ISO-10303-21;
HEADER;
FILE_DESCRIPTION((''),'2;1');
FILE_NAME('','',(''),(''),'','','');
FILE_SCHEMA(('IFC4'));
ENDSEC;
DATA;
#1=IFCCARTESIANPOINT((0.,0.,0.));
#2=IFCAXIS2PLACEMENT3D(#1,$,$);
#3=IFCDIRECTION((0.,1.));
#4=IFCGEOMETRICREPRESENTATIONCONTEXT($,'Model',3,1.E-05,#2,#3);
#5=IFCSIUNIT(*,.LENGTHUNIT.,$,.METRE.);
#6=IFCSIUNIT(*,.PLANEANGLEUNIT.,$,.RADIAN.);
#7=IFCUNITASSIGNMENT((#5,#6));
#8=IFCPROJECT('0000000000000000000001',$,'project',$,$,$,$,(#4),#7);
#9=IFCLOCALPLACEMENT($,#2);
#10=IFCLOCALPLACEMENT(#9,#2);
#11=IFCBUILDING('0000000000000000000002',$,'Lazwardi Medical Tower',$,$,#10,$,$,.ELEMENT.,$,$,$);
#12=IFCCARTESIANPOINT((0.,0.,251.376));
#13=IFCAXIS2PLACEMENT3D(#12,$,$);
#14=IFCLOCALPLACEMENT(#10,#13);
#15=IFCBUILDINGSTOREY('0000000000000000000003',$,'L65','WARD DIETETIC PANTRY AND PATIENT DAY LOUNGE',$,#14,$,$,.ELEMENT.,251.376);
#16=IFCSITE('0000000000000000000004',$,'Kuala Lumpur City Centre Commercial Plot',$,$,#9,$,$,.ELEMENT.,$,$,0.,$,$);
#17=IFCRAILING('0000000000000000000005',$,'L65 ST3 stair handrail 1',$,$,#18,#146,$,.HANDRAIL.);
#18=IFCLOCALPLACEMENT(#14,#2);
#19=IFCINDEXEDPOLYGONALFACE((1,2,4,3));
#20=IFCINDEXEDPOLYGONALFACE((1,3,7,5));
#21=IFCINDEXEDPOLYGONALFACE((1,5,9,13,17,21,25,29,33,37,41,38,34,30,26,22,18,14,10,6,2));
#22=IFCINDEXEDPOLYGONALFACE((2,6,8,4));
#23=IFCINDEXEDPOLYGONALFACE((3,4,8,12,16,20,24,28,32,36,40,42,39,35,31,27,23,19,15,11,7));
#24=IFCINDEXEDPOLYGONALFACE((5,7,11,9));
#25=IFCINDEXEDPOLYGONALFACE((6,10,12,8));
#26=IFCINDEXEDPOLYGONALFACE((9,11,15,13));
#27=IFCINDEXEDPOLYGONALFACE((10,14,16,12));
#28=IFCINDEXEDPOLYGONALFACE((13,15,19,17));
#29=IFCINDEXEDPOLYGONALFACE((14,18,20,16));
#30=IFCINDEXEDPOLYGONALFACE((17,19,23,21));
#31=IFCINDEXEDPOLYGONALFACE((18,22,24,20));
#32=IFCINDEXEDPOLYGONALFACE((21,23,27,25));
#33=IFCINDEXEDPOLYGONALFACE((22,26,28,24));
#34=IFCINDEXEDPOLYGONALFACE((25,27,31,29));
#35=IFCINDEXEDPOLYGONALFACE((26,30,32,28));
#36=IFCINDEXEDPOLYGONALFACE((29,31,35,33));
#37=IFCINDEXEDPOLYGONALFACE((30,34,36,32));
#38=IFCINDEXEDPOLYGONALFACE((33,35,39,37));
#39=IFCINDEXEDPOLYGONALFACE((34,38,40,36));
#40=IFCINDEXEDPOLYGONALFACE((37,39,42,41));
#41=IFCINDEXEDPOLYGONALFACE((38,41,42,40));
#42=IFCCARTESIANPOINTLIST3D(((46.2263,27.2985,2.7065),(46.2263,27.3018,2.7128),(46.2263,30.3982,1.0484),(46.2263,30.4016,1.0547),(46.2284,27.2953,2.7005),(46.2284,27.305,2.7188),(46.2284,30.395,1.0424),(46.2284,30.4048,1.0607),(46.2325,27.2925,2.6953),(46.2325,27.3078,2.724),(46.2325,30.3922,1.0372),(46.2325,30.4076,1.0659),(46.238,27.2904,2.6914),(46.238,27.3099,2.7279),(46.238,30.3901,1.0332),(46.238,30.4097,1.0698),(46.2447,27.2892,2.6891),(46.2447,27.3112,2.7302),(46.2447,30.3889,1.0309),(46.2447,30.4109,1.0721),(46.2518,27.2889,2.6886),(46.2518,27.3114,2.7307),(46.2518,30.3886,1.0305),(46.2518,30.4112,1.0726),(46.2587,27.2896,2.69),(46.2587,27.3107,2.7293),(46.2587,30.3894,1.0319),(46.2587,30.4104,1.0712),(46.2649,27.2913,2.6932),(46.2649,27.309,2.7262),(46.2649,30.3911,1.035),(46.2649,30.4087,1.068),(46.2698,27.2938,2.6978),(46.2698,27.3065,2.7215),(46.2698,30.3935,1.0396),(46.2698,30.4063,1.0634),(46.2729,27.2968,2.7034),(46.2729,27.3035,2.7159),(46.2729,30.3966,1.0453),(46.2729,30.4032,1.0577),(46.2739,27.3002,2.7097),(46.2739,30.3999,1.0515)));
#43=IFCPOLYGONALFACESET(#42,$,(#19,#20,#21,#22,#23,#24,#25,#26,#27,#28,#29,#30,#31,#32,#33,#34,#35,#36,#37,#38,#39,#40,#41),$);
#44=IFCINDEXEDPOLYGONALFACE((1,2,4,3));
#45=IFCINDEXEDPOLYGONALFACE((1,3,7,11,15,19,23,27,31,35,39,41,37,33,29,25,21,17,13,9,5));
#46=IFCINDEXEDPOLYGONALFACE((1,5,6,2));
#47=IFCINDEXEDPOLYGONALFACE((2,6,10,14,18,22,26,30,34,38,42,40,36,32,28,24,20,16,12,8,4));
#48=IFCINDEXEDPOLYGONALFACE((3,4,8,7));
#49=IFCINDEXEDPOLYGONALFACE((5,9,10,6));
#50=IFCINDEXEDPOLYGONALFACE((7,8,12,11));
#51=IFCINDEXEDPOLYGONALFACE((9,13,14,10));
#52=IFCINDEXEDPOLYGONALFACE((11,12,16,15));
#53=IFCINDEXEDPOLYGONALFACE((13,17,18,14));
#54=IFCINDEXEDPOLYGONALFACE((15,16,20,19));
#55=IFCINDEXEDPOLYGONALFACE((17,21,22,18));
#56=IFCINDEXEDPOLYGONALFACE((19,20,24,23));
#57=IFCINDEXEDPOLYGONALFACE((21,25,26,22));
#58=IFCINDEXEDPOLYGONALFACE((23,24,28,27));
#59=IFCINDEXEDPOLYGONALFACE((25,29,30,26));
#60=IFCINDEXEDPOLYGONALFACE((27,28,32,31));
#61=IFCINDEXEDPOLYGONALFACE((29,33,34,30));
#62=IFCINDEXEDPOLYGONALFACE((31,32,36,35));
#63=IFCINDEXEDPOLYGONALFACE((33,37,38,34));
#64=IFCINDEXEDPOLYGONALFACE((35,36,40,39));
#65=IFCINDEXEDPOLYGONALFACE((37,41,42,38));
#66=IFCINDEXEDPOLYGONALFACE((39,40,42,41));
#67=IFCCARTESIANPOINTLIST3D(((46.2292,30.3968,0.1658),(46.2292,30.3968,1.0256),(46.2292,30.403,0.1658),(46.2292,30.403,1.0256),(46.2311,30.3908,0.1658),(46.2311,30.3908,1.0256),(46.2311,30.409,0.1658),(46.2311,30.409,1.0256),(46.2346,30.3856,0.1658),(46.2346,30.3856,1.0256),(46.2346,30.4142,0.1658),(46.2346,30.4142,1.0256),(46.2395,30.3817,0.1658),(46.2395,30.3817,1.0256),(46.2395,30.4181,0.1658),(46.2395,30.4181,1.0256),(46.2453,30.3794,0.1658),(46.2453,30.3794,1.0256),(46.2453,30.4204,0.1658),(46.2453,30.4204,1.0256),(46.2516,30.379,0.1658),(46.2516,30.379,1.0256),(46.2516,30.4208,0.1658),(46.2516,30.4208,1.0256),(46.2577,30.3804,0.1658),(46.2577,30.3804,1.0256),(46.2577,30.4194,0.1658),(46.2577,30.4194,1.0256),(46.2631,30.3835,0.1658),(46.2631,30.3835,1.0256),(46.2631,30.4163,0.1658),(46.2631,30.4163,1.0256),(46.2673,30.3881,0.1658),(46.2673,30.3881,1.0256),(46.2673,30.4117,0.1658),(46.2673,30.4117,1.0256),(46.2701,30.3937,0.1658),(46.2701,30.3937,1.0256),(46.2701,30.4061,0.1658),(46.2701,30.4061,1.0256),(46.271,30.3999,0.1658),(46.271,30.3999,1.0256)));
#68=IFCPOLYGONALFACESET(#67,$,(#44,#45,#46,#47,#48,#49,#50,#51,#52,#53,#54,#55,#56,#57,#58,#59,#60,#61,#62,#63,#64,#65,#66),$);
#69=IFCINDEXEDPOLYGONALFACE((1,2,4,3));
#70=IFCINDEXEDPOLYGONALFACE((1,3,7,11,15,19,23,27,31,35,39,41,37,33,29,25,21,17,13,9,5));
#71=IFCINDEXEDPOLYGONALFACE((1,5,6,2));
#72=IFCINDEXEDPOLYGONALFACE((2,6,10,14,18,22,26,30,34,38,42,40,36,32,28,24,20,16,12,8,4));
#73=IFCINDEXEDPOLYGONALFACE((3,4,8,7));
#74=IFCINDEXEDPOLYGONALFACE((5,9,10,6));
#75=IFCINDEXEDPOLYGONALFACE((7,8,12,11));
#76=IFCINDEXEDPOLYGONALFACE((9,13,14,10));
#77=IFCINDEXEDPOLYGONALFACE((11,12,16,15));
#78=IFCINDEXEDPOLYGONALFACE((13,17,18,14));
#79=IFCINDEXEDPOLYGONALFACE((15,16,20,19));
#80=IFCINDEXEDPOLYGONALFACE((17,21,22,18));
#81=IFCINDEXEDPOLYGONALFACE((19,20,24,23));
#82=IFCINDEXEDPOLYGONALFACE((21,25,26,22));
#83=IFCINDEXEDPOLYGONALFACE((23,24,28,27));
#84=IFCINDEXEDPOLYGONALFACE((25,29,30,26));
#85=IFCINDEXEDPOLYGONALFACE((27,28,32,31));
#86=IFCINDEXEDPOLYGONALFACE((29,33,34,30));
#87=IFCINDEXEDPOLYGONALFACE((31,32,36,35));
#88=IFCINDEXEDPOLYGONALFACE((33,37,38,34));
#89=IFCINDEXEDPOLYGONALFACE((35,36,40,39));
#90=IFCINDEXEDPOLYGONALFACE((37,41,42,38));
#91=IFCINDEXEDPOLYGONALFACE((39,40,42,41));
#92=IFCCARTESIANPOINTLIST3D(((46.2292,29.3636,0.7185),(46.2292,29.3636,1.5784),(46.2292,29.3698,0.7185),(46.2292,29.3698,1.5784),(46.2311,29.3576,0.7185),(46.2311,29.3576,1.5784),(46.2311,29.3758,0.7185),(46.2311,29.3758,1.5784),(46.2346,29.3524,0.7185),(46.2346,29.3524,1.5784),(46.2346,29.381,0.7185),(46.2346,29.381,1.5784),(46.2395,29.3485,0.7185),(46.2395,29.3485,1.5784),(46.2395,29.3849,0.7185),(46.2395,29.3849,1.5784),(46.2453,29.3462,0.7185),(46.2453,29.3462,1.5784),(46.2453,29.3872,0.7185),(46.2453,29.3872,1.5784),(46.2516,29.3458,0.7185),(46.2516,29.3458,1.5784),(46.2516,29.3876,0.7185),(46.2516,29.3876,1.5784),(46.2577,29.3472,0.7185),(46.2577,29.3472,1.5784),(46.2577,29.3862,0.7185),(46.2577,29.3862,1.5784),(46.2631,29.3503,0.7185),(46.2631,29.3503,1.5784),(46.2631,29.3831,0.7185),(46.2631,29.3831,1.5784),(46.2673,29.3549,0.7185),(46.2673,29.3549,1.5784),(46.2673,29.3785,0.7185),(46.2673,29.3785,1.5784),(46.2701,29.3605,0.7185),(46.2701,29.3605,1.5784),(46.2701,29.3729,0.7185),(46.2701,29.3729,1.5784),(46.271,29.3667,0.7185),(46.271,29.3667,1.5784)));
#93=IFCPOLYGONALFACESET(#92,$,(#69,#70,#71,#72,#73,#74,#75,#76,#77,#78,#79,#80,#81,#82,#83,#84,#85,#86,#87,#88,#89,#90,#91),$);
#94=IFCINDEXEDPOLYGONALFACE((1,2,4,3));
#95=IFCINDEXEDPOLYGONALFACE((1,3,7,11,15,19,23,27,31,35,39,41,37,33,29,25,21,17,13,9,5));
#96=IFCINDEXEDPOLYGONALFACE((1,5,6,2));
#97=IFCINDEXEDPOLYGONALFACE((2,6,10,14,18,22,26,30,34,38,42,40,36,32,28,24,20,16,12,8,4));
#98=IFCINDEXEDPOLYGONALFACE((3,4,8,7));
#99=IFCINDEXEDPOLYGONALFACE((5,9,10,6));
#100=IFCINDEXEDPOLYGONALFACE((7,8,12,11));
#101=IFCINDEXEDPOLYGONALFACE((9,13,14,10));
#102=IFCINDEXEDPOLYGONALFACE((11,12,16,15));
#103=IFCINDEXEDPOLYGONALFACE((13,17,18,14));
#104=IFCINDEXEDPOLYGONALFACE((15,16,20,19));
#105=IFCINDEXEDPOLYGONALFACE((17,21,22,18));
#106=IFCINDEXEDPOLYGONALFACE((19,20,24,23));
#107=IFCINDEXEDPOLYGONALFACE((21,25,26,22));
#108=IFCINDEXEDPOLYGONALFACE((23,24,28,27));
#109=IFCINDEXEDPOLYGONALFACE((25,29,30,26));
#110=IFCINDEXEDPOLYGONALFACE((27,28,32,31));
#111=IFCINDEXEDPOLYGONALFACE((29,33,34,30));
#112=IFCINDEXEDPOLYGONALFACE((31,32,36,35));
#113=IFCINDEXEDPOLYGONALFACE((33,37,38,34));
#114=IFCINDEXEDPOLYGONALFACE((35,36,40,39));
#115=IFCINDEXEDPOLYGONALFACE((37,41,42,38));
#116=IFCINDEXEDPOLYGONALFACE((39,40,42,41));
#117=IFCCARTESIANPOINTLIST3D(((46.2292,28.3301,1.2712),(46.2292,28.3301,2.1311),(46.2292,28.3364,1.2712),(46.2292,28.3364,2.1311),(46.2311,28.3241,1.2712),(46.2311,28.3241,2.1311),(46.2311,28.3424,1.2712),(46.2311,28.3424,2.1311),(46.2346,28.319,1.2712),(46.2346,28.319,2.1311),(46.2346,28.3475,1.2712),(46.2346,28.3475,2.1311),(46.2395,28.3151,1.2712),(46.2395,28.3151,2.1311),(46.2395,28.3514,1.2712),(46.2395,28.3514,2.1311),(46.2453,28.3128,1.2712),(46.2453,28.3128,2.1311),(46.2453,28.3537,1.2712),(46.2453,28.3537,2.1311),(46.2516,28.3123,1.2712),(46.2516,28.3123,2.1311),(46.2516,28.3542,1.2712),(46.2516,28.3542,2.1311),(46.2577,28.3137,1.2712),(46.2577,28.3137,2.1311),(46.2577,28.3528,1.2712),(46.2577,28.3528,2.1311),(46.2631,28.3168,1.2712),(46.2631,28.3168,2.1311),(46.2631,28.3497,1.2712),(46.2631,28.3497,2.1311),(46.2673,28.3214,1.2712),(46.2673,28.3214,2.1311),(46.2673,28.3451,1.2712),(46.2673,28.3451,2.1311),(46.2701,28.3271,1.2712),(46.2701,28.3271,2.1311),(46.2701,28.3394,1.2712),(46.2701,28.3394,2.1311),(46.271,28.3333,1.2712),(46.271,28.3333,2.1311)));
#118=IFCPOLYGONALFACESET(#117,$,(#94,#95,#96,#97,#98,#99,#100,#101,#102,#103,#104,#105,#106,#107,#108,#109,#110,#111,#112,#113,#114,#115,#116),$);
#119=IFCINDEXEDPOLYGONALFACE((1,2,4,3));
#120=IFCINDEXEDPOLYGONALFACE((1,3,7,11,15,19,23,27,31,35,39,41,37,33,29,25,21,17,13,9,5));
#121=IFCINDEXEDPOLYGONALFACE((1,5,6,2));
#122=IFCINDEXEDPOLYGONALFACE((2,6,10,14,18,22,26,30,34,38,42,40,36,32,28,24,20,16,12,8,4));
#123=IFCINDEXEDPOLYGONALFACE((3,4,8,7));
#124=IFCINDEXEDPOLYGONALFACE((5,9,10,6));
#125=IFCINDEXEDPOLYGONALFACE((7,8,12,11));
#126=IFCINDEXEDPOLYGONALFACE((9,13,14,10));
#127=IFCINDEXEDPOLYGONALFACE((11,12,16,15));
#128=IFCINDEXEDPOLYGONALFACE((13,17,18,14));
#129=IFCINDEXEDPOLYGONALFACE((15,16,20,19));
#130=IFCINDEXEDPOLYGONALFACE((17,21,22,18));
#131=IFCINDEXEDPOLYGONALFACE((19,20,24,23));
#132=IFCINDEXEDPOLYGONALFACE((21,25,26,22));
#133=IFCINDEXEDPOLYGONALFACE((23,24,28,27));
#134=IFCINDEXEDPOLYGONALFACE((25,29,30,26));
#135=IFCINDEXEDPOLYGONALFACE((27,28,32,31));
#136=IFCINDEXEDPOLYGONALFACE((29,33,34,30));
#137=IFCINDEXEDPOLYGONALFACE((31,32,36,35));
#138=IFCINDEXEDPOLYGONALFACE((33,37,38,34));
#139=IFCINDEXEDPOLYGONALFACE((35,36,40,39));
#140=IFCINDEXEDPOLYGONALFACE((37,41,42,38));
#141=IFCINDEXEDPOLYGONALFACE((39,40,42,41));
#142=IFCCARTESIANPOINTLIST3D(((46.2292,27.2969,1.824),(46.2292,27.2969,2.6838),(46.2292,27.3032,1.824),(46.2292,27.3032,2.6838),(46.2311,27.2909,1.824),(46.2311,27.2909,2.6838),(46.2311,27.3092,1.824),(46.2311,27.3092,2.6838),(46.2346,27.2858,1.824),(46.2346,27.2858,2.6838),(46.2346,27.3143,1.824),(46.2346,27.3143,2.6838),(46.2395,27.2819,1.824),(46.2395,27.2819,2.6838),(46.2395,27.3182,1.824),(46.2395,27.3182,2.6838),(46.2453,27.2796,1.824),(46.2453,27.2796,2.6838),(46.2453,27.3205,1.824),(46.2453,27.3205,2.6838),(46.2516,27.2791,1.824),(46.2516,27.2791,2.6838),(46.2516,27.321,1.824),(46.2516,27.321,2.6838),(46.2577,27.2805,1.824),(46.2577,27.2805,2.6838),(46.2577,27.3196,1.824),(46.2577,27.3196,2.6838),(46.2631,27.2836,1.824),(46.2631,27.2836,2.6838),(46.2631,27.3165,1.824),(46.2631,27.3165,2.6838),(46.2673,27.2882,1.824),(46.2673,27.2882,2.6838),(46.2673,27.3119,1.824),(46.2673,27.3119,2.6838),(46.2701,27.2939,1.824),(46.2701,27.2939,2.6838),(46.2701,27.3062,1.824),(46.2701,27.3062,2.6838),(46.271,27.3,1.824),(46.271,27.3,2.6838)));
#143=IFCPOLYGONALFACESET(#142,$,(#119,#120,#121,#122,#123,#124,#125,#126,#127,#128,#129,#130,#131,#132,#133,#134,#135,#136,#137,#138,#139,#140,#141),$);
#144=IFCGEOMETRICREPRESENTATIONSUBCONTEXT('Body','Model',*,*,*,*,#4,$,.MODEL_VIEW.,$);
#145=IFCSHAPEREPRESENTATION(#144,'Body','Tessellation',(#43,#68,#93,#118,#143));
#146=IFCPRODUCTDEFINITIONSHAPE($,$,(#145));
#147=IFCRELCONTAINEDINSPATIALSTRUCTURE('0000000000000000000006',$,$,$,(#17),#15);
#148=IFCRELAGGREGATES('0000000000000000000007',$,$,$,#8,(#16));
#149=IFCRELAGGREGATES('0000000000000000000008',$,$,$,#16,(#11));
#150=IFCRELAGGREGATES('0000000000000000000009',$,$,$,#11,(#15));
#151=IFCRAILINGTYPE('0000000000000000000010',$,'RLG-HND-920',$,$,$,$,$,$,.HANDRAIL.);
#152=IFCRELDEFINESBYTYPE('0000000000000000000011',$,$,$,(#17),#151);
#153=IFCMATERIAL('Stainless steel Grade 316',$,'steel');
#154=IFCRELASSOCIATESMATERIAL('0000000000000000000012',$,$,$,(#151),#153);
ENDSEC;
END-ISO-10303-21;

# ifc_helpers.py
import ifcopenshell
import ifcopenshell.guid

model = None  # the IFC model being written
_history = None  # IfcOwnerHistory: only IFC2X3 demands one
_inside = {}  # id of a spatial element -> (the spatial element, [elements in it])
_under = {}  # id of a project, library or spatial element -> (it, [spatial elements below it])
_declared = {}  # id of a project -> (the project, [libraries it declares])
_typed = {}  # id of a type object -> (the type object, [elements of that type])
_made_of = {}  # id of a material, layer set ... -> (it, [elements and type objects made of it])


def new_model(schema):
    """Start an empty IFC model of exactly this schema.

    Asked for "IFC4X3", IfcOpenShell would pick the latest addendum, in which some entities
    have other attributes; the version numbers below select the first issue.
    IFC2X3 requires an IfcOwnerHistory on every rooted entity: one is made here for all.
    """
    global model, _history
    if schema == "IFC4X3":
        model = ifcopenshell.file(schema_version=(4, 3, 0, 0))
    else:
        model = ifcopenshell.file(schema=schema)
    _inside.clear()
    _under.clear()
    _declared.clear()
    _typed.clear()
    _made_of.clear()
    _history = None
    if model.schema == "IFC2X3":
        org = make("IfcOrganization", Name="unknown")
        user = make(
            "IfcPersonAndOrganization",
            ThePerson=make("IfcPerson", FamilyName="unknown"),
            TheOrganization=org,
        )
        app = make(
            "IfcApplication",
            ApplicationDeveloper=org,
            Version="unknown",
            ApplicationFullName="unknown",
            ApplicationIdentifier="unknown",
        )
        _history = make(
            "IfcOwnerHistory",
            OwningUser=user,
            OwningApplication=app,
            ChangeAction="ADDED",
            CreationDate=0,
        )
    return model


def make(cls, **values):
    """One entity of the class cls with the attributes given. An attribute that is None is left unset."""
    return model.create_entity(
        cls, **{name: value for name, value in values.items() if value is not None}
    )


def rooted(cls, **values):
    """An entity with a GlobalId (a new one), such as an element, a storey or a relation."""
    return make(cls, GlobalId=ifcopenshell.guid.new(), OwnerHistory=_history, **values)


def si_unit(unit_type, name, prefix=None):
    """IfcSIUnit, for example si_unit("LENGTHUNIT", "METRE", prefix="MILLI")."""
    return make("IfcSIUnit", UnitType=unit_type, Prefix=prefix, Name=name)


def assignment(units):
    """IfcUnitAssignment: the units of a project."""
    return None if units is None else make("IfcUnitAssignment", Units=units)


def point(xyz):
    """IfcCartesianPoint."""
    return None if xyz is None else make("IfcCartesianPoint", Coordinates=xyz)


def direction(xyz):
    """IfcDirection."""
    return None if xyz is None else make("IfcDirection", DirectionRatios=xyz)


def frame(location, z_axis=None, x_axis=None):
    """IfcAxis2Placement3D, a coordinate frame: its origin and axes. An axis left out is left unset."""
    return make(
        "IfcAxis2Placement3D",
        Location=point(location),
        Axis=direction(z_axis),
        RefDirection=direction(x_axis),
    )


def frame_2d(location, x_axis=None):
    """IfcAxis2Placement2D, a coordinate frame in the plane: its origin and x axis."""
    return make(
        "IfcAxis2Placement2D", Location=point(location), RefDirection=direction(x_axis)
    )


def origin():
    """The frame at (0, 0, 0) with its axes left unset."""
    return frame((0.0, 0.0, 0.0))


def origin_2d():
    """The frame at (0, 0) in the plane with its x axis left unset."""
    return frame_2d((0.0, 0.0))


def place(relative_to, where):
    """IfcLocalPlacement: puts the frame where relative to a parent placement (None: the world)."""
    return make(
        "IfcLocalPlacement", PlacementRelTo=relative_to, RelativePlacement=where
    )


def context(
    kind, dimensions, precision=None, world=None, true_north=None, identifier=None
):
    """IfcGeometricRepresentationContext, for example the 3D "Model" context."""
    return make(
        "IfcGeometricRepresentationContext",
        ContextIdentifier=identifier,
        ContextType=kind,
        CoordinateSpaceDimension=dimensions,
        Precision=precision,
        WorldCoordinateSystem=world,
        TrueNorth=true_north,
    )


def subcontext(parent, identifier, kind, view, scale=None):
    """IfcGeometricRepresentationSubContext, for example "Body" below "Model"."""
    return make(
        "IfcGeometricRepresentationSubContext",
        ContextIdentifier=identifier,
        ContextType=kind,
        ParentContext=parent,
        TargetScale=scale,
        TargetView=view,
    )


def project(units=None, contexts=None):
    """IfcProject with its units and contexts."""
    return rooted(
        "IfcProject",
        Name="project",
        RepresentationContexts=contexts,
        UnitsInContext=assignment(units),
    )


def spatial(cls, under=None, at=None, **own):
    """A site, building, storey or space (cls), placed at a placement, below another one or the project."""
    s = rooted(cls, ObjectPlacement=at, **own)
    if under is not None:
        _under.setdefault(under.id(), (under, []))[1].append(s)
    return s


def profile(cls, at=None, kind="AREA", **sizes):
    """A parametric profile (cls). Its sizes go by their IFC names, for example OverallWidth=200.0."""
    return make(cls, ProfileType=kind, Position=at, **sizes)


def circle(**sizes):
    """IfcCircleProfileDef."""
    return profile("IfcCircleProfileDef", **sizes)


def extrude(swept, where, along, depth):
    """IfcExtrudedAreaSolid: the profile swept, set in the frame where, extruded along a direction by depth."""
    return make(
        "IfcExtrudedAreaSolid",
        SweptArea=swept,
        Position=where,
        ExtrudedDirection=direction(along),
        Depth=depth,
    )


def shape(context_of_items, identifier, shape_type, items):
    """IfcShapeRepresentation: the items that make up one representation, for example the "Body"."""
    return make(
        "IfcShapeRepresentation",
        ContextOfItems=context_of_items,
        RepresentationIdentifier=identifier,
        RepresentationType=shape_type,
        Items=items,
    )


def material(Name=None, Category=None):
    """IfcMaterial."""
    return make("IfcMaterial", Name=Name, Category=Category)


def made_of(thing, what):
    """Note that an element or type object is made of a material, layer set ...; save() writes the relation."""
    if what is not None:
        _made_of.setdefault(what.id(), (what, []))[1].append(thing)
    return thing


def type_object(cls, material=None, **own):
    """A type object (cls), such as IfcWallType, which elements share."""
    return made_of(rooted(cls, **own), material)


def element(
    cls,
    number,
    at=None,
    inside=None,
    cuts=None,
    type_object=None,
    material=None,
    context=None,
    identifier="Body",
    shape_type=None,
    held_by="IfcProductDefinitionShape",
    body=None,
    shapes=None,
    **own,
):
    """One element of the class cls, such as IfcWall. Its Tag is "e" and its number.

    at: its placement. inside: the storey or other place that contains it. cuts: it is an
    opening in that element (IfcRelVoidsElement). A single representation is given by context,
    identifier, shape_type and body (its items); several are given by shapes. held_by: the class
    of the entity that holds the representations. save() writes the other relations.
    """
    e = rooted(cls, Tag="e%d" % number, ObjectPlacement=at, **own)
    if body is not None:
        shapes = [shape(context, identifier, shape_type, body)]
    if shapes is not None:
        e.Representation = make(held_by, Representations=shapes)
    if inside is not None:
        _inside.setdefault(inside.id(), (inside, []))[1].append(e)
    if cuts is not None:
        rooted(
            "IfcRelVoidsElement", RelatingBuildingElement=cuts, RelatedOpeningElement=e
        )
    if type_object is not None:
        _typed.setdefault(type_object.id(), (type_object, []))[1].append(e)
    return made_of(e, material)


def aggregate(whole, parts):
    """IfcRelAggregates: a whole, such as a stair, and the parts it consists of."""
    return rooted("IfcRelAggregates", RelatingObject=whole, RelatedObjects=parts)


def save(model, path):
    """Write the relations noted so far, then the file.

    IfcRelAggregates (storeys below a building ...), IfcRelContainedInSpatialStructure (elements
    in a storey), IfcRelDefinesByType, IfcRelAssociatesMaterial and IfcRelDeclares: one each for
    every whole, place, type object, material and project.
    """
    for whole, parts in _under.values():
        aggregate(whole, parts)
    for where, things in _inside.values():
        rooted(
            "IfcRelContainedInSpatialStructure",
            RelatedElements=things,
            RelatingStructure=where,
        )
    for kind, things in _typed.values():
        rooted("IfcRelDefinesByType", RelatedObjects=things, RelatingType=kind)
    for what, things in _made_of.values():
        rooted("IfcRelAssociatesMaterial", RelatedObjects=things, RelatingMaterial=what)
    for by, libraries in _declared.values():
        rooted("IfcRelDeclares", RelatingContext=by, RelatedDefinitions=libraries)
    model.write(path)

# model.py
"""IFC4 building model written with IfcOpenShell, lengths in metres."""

from ifc_helpers import new_model, si_unit, direction, frame, origin, origin_2d, place, context, subcontext, project, spatial, circle, extrude, material, type_object, element, save


model = new_model("IFC4")

# Units and contexts
model_context = context("Model", 3, precision=1e-05, world=origin(), true_north=direction((0.0, 1.0)))
body_context = subcontext(model_context, "Body", "Model", "MODEL_VIEW")
ifc_project = project(units=[si_unit("LENGTHUNIT", "METRE"), si_unit("PLANEANGLEUNIT", "RADIAN")], contexts=[model_context])

# Site, building, storey
site_placement = place(None, origin())
site = spatial("IfcSite", under=ifc_project, at=site_placement, Name="Kuala Lumpur City Centre Commercial Plot", CompositionType="ELEMENT", RefElevation=0.0)
building_placement = place(site_placement, origin())
building = spatial("IfcBuilding", under=site, at=building_placement, Name="Lazwardi Medical Tower", CompositionType="ELEMENT")
storey_placement = place(building_placement, frame((0.0, 0.0, 251.376)))
storey = spatial("IfcBuildingStorey", under=building, at=storey_placement, Name="L65", Description="WARD DIETETIC PANTRY AND PATIENT DAY LOUNGE", CompositionType="ELEMENT", Elevation=251.376)

# Railing
ifc_material_1 = material(Name="Stainless steel Grade 316", Category="steel")
railing_type_1 = type_object("IfcRailingType", Name="RLG-HND-920", PredefinedType="HANDRAIL", material=ifc_material_1)
railing_1_placement = place(storey_placement, frame((46.25, 30.3999, 0.1658)))
element("IfcRailing", 1, at=railing_1_placement, inside=storey, type_object=railing_type_1, Name="L65 ST3 stair handrail 1", PredefinedType="HANDRAIL", context=body_context, shape_type="SweptSolid", body=[
    extrude(circle(Radius=0.0239, at=origin_2d()), frame((0.0, 0.0, 0.8857), z_axis=(0.0, -0.881768, 0.471684), x_axis=(1.0, 0.0, 0.0)), (0.0, 0.0, 1.0), 3.5154),
    extrude(circle(Radius=0.021, at=origin_2d()), origin(), (0.0, 0.0, 1.0), 0.8599),
    extrude(circle(Radius=0.021, at=origin_2d()), frame((0.0, -1.0332, 0.5527)), (0.0, 0.0, 1.0), 0.8599),
    extrude(circle(Radius=0.021, at=origin_2d()), frame((0.0, -2.0667, 1.1055)), (0.0, 0.0, 1.0), 0.8599),
    extrude(circle(Radius=0.021, at=origin_2d()), frame((0.0, -3.0999, 1.6582)), (0.0, 0.0, 1.0), 0.8599),
])

save(model, "model.ifc")
